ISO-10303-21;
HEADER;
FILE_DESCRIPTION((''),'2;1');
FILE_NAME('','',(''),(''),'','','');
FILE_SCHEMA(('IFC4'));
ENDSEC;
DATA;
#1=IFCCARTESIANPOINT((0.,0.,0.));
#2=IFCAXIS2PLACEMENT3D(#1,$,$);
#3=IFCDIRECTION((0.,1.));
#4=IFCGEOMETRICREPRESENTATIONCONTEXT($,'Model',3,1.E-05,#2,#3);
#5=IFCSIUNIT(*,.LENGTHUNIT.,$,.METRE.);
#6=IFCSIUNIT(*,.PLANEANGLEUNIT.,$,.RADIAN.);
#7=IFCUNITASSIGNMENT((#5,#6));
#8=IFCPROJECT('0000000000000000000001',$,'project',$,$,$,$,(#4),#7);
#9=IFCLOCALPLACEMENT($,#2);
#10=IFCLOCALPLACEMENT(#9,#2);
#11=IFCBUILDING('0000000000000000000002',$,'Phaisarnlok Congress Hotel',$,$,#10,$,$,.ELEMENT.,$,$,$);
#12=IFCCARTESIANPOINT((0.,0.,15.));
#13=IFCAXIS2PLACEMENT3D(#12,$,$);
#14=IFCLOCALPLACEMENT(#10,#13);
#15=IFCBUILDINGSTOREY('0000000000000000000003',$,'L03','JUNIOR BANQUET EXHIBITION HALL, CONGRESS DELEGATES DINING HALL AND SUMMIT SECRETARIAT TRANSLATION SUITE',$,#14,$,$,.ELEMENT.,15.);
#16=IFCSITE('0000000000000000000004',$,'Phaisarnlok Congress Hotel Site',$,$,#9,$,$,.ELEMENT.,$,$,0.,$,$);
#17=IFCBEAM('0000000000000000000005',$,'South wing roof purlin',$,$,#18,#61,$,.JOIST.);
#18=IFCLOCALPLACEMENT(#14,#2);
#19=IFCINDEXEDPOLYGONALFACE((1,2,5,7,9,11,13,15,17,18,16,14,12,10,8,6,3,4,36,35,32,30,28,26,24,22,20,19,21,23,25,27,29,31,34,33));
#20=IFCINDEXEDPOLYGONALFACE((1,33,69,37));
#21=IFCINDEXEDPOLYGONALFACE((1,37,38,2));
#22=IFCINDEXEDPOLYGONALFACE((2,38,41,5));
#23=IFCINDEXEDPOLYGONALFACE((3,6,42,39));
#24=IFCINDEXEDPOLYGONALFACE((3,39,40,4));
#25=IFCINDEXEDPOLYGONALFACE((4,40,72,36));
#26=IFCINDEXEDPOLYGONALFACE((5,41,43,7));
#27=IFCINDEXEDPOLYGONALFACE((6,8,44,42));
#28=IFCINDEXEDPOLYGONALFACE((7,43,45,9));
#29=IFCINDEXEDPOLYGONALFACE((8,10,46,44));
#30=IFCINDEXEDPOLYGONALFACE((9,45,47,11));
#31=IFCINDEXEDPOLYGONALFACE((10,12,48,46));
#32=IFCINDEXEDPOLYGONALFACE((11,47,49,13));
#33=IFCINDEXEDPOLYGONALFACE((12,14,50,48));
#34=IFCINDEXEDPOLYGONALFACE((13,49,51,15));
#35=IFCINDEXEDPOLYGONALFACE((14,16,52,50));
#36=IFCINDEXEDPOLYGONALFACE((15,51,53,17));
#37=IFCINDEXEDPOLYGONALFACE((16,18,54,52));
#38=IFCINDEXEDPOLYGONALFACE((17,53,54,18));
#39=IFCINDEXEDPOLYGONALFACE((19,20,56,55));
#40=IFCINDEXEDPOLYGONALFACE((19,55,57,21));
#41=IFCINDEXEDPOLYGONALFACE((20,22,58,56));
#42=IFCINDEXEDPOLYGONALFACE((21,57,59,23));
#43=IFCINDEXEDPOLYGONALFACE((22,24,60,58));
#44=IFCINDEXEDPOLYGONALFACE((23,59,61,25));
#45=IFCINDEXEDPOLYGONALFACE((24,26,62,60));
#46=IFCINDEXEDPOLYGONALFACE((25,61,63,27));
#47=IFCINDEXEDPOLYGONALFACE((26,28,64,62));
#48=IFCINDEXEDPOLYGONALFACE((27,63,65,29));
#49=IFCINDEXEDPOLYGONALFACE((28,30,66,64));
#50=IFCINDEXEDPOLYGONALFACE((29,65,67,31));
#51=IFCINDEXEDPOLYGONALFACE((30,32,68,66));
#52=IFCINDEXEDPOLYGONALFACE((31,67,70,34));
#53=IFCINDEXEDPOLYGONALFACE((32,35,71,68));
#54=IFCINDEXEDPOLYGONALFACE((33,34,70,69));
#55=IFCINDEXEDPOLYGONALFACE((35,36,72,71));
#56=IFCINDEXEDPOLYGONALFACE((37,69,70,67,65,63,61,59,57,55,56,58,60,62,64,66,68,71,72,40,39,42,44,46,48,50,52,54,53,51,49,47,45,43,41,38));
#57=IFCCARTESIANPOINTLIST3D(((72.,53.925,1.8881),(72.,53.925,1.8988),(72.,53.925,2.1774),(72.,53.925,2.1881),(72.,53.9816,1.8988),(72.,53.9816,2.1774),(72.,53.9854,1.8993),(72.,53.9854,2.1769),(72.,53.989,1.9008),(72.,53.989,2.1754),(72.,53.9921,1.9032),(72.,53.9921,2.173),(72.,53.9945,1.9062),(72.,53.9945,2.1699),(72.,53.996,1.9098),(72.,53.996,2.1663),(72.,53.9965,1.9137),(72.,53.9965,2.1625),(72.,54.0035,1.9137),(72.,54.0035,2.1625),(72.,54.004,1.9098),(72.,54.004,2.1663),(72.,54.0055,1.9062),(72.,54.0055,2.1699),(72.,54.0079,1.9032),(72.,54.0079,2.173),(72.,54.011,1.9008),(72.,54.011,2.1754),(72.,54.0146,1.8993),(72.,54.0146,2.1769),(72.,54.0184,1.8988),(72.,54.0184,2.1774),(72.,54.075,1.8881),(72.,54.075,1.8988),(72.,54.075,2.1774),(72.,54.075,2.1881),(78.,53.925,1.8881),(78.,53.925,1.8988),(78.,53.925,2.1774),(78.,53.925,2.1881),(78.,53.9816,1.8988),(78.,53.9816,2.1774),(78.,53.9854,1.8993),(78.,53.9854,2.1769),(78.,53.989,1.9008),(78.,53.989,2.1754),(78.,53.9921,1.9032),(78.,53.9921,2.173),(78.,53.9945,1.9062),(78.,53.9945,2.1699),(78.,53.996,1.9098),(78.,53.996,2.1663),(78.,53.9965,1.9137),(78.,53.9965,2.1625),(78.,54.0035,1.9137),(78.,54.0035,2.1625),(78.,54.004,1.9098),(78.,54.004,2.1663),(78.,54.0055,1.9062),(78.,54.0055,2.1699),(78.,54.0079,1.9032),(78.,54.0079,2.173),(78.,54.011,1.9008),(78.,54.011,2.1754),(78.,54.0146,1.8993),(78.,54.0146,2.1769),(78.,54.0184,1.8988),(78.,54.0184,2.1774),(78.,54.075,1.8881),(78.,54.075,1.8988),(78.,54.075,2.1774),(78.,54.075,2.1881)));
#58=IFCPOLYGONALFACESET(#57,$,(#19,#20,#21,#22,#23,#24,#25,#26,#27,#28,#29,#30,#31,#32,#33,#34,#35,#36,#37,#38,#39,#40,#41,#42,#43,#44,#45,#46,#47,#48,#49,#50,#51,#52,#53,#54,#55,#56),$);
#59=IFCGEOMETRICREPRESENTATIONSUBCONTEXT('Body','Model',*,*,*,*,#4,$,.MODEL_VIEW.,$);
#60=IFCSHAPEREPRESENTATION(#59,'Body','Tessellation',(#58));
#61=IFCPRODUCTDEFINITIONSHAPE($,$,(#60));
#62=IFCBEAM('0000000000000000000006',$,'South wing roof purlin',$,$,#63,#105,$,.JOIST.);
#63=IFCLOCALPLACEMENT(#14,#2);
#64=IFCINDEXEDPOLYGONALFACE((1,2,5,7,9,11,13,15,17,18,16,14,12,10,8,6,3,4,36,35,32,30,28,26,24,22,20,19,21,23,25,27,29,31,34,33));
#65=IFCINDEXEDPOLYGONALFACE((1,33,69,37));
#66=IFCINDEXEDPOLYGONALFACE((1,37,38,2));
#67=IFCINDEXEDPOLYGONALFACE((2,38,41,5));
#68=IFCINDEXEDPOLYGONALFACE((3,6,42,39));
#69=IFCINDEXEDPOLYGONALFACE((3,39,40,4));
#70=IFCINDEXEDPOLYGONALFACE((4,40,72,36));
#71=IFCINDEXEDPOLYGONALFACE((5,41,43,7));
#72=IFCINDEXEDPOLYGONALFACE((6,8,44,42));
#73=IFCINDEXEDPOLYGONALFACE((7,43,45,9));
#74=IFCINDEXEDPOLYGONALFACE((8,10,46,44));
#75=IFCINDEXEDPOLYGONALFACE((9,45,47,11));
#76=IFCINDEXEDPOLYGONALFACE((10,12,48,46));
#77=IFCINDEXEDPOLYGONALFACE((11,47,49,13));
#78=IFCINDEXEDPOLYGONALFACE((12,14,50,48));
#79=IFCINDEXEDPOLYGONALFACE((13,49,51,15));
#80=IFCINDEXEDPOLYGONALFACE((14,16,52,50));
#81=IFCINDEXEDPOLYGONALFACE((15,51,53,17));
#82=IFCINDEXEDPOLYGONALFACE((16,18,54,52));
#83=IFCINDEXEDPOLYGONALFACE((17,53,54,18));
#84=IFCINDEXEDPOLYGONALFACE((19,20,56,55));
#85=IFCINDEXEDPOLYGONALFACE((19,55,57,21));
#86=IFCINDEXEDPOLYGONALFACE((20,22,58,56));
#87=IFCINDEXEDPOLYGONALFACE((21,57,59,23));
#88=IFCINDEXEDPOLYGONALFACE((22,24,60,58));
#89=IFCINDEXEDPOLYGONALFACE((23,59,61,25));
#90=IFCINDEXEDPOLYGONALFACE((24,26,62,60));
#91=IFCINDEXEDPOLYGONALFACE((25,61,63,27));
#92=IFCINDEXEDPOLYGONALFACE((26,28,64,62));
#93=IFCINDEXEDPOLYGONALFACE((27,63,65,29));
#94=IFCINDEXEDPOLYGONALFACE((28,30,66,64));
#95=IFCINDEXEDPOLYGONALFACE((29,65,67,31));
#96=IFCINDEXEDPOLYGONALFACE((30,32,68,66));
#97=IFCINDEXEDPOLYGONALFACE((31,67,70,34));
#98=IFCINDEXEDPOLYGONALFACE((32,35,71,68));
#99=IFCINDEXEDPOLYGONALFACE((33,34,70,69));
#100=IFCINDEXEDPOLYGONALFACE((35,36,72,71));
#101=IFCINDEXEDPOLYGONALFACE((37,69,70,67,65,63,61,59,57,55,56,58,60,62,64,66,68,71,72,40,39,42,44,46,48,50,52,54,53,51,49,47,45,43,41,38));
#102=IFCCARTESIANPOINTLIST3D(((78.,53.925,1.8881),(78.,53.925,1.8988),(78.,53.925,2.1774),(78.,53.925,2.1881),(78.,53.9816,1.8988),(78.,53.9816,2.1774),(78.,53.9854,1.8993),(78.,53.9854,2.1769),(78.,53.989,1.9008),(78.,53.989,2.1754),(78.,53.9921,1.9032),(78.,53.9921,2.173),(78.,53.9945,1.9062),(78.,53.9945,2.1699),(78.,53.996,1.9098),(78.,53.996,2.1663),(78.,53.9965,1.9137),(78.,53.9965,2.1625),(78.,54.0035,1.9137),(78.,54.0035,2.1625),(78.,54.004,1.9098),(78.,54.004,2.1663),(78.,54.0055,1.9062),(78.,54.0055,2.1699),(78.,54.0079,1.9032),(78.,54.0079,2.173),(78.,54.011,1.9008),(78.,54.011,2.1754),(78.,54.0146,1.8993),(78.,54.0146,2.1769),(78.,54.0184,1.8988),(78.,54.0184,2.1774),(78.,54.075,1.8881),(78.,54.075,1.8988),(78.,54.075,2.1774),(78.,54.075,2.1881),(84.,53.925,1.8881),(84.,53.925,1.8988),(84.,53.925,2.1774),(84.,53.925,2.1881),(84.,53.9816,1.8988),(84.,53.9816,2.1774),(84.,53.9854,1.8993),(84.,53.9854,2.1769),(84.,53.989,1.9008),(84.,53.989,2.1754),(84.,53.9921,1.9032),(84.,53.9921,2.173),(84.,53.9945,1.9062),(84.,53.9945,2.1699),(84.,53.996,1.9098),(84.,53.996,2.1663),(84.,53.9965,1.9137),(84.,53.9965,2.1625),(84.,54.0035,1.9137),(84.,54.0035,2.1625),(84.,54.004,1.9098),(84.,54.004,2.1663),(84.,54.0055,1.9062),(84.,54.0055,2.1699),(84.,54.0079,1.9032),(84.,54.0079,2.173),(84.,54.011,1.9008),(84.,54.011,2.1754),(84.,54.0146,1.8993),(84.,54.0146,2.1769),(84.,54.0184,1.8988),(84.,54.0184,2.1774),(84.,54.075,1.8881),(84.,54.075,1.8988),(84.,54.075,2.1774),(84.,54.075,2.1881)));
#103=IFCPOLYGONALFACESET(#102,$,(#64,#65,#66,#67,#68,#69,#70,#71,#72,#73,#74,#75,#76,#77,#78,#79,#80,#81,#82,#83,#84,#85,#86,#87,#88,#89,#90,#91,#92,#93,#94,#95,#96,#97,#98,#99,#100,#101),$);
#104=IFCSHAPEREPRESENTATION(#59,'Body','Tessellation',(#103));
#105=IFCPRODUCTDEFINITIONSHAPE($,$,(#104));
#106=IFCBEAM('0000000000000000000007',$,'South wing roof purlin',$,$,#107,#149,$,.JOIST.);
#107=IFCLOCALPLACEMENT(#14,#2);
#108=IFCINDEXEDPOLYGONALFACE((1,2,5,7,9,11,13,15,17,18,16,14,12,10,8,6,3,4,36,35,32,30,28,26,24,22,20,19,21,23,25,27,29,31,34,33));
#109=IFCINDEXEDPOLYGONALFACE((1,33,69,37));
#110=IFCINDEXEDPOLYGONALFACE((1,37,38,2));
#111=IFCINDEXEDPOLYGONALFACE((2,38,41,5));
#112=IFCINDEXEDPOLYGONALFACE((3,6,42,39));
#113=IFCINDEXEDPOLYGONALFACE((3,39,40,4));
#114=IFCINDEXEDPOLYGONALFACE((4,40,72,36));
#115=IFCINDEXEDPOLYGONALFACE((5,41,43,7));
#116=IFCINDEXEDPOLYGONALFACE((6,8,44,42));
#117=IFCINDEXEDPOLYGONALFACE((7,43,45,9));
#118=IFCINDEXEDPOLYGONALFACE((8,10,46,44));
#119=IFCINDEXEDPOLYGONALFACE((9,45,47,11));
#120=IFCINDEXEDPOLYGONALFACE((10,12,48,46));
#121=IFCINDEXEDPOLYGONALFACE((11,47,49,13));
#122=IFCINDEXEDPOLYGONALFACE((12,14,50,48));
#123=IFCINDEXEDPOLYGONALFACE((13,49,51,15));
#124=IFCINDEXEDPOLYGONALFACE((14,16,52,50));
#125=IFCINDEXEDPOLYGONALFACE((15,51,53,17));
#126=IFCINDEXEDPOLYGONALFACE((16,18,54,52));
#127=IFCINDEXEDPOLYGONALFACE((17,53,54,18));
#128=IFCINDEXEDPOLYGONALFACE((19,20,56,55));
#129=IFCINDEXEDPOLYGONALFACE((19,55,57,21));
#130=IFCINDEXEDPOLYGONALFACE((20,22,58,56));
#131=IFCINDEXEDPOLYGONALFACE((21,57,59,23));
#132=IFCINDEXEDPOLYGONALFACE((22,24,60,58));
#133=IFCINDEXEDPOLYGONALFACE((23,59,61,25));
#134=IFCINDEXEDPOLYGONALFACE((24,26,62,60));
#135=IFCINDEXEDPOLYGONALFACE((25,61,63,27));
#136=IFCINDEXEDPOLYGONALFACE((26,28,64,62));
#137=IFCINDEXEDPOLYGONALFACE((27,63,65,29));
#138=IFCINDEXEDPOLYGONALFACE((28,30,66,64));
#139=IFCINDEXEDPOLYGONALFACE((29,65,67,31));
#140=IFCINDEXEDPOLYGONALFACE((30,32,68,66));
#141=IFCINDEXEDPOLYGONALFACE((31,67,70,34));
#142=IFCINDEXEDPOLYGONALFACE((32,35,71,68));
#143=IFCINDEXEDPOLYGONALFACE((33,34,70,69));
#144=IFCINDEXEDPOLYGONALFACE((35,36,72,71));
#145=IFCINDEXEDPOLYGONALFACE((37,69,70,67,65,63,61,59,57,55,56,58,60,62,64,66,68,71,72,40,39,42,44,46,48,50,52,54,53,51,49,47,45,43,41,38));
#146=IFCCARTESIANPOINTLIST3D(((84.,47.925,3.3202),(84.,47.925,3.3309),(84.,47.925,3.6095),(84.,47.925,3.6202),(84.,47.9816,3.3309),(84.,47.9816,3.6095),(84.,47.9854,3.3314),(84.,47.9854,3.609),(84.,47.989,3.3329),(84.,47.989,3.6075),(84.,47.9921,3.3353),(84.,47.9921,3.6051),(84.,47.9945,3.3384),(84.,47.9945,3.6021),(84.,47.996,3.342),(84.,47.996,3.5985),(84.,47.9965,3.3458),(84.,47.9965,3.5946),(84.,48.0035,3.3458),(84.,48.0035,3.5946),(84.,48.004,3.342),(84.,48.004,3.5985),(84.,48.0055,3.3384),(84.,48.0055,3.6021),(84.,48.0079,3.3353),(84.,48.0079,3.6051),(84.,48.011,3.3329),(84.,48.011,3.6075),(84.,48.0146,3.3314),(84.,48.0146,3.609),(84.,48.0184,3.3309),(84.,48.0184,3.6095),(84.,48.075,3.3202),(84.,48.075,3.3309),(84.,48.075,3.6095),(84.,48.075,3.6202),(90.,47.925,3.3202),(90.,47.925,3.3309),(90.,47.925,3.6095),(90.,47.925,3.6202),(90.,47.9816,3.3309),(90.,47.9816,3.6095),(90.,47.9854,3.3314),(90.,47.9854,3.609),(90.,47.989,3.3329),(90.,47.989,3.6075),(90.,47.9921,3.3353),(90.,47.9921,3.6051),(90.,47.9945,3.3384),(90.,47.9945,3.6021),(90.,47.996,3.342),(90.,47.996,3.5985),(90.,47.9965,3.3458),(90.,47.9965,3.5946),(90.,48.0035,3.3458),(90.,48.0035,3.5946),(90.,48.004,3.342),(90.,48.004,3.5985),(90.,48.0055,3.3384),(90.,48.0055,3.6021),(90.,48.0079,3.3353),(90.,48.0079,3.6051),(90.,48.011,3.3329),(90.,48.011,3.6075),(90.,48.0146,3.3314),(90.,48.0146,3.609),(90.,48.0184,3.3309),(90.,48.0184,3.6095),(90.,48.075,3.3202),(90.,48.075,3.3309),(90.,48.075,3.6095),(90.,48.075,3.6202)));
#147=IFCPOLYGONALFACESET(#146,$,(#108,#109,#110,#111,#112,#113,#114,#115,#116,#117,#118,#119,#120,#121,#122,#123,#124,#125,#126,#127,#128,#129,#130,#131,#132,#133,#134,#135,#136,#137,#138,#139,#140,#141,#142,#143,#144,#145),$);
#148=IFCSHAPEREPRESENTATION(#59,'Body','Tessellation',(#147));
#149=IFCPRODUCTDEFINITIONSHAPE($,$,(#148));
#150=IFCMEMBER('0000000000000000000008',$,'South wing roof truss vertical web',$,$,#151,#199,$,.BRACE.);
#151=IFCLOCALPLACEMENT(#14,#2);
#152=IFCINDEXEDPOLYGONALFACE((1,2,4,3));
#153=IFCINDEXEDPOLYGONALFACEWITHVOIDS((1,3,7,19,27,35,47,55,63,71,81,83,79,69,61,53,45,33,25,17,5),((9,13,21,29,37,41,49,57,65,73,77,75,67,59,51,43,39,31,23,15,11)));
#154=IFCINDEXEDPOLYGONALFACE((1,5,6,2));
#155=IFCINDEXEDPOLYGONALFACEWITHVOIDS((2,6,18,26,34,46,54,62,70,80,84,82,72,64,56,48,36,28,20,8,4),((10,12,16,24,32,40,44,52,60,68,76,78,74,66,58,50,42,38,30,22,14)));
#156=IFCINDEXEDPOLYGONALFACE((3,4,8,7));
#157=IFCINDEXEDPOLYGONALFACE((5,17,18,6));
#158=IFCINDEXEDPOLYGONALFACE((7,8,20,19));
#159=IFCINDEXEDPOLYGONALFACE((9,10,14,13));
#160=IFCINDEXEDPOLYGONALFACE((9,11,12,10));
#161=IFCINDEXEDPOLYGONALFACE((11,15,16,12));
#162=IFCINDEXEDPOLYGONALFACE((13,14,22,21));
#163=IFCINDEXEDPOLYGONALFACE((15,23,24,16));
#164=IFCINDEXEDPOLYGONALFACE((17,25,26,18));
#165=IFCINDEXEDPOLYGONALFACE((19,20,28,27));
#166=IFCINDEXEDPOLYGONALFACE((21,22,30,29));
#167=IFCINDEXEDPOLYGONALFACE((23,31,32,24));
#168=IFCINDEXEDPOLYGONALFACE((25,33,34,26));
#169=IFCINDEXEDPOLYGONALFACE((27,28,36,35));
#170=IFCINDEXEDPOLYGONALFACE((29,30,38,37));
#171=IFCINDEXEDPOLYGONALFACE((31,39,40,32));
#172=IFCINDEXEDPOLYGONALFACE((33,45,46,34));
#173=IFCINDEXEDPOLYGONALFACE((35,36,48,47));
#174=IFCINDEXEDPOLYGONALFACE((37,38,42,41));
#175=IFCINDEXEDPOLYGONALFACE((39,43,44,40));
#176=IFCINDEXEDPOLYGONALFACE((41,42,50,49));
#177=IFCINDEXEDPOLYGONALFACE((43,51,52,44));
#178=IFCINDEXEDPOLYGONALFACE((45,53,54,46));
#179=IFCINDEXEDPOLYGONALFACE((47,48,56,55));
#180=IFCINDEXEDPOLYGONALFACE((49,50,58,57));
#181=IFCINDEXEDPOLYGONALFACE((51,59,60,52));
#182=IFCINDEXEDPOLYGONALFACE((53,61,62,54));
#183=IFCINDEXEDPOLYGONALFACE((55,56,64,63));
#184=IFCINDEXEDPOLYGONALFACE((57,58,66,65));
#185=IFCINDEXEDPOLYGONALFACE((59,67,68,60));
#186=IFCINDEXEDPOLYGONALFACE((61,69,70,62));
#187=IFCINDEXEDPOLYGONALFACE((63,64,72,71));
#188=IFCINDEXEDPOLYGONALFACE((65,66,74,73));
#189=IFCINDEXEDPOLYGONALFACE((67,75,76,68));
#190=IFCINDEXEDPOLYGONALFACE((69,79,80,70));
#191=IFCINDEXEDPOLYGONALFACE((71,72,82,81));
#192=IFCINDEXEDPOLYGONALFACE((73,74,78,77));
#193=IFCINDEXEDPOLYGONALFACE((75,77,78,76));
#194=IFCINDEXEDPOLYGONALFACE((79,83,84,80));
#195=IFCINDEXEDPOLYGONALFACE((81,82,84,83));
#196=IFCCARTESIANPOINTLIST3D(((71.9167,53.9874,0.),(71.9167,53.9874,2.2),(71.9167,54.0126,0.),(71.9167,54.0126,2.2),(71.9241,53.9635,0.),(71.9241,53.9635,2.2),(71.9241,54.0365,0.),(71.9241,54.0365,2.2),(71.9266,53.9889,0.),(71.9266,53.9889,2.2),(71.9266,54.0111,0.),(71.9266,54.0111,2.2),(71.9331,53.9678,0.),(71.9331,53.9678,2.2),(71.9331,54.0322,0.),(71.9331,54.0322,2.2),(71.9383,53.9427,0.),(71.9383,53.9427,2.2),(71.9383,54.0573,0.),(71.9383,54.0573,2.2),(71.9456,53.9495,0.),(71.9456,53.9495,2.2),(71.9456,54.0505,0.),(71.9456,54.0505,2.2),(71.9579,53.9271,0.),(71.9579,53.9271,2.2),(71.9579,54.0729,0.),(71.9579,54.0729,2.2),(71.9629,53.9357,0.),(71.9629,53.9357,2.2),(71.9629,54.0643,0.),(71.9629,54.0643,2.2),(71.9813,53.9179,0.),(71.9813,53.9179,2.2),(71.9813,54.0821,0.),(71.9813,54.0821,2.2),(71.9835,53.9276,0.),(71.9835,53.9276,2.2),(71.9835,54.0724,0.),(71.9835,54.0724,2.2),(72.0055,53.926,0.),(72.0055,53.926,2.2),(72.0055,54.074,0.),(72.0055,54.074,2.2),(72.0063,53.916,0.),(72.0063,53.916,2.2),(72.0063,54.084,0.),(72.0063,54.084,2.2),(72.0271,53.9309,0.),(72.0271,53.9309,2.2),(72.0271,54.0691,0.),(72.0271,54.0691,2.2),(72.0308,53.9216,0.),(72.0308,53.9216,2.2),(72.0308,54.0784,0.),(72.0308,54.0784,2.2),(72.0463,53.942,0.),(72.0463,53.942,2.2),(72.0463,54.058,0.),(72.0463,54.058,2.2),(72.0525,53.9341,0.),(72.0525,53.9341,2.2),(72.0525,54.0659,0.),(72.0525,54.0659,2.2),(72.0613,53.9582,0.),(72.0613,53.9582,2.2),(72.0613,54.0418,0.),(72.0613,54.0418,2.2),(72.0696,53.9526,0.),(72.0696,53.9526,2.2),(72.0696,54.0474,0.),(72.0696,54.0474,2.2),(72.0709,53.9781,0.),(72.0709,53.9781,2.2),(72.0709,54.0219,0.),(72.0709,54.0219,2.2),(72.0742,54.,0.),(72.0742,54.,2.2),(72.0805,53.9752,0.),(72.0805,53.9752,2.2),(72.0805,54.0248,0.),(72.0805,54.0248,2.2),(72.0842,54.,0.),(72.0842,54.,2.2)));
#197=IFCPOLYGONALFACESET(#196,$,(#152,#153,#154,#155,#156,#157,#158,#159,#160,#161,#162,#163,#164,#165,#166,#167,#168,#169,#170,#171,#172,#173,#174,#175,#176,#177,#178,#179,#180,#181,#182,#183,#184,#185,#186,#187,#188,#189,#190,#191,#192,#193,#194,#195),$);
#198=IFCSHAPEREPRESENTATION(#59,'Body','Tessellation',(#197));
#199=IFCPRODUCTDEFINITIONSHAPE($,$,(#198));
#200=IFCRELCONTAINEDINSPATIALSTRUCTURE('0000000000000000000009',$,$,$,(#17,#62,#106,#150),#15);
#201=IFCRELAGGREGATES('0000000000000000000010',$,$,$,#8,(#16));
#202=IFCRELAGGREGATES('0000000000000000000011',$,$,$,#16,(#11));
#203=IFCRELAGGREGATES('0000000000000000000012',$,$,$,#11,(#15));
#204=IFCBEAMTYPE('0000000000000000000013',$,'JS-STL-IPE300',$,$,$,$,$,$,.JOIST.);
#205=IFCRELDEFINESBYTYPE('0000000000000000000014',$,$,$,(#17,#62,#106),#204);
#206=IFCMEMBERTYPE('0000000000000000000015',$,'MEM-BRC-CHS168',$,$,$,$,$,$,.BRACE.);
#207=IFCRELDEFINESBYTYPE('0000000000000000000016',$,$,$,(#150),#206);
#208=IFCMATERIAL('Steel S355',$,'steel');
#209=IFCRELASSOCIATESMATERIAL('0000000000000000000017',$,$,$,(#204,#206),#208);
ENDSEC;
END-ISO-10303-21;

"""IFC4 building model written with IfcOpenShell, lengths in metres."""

from ifc_helpers import new_model, si_unit, direction, frame, origin, origin_2d, place, context, subcontext, project, spatial, hollow_circle, i_section, extrude, material, material_profile, profile_set, type_object, element, save


model = new_model("IFC4")

# Units and contexts
model_context = context("Model", 3, precision=1e-05, world=origin(), true_north=direction((0.0, 1.0)))
body_context = subcontext(model_context, "Body", "Model", "MODEL_VIEW")
ifc_project = project(units=[si_unit("LENGTHUNIT", "METRE"), si_unit("PLANEANGLEUNIT", "RADIAN")], contexts=[model_context])

# Site, building, storey
site_placement = place(None, origin())
site = spatial("IfcSite", under=ifc_project, at=site_placement, Name="Phaisarnlok Congress Hotel Site", CompositionType="ELEMENT", RefElevation=0.0)
building_placement = place(site_placement, origin())
building = spatial("IfcBuilding", under=site, at=building_placement, Name="Phaisarnlok Congress Hotel", CompositionType="ELEMENT")
storey_placement = place(building_placement, frame((0.0, 0.0, 15.0)))
storey = spatial("IfcBuildingStorey", under=building, at=storey_placement, Name="L03", Description="JUNIOR BANQUET EXHIBITION HALL, CONGRESS DELEGATES DINING HALL AND SUMMIT SECRETARIAT TRANSLATION SUITE", CompositionType="ELEMENT", Elevation=15.0)

# Beams
ifc_material_1 = material(Name="Steel S355", Category="steel")
ifc_material_profile_1 = material_profile(ifc_material_1, i_section(OverallWidth=0.1499, OverallDepth=0.3, WebThickness=0.0071, FlangeThickness=0.0107, FilletRadius=0.0149, at=origin_2d()), Name="IPE 300")
ifc_profile_set_1 = profile_set([ifc_material_profile_1], Name="Steel S355")
beam_type = type_object("IfcBeamType", Name="JS-STL-IPE300", PredefinedType="JOIST", material=ifc_profile_set_1)
for number, where, z_axis, x_axis, name in (
    (1, (72.0, 54.0, 2.0381), (1.0, 0.0, 0.0), (0.0, 1.0, 0.0), "South wing roof purlin"),
    (2, (78.0, 54.0, 2.0381), (1.0, 0.0, 0.0), (0.0, 1.0, 0.0), "South wing roof purlin"),
    (3, (84.0, 48.0, 3.4702), (1.0, 0.0, 0.0), (0.0, 1.0, 0.0), "South wing roof purlin"),
):
    element("IfcBeam", number, at=place(storey_placement, frame(where, z_axis=z_axis, x_axis=x_axis)), inside=storey, type_object=beam_type, Name=name, PredefinedType="JOIST", context=body_context, shape_type="SweptSolid", body=[
        extrude(i_section(OverallWidth=0.1499, OverallDepth=0.3, WebThickness=0.0071, FlangeThickness=0.0107, FilletRadius=0.0149, at=origin_2d()), origin(), (0.0, 0.0, 1.0), 6.0),
    ])

# Member
ifc_material_profile_2 = material_profile(ifc_material_1, hollow_circle(Radius=0.0842, WallThickness=0.01, at=origin_2d()), Name="CHS 168.3x10")
ifc_profile_set_2 = profile_set([ifc_material_profile_2], Name="Steel S355")
member_type_1 = type_object("IfcMemberType", Name="MEM-BRC-CHS168", PredefinedType="BRACE", material=ifc_profile_set_2)
member_1_placement = place(storey_placement, frame((72.0, 54.0, 0.0), z_axis=(0.0, 0.0, 1.0), x_axis=(1.0, 0.0, 0.0)))
element("IfcMember", 4, at=member_1_placement, inside=storey, type_object=member_type_1, Name="South wing roof truss vertical web", PredefinedType="BRACE", context=body_context, shape_type="SweptSolid", body=[
    extrude(hollow_circle(Radius=0.0842, WallThickness=0.01, at=origin_2d()), origin(), (0.0, 0.0, 1.0), 2.2),
])

save(model, "model.ifc")
